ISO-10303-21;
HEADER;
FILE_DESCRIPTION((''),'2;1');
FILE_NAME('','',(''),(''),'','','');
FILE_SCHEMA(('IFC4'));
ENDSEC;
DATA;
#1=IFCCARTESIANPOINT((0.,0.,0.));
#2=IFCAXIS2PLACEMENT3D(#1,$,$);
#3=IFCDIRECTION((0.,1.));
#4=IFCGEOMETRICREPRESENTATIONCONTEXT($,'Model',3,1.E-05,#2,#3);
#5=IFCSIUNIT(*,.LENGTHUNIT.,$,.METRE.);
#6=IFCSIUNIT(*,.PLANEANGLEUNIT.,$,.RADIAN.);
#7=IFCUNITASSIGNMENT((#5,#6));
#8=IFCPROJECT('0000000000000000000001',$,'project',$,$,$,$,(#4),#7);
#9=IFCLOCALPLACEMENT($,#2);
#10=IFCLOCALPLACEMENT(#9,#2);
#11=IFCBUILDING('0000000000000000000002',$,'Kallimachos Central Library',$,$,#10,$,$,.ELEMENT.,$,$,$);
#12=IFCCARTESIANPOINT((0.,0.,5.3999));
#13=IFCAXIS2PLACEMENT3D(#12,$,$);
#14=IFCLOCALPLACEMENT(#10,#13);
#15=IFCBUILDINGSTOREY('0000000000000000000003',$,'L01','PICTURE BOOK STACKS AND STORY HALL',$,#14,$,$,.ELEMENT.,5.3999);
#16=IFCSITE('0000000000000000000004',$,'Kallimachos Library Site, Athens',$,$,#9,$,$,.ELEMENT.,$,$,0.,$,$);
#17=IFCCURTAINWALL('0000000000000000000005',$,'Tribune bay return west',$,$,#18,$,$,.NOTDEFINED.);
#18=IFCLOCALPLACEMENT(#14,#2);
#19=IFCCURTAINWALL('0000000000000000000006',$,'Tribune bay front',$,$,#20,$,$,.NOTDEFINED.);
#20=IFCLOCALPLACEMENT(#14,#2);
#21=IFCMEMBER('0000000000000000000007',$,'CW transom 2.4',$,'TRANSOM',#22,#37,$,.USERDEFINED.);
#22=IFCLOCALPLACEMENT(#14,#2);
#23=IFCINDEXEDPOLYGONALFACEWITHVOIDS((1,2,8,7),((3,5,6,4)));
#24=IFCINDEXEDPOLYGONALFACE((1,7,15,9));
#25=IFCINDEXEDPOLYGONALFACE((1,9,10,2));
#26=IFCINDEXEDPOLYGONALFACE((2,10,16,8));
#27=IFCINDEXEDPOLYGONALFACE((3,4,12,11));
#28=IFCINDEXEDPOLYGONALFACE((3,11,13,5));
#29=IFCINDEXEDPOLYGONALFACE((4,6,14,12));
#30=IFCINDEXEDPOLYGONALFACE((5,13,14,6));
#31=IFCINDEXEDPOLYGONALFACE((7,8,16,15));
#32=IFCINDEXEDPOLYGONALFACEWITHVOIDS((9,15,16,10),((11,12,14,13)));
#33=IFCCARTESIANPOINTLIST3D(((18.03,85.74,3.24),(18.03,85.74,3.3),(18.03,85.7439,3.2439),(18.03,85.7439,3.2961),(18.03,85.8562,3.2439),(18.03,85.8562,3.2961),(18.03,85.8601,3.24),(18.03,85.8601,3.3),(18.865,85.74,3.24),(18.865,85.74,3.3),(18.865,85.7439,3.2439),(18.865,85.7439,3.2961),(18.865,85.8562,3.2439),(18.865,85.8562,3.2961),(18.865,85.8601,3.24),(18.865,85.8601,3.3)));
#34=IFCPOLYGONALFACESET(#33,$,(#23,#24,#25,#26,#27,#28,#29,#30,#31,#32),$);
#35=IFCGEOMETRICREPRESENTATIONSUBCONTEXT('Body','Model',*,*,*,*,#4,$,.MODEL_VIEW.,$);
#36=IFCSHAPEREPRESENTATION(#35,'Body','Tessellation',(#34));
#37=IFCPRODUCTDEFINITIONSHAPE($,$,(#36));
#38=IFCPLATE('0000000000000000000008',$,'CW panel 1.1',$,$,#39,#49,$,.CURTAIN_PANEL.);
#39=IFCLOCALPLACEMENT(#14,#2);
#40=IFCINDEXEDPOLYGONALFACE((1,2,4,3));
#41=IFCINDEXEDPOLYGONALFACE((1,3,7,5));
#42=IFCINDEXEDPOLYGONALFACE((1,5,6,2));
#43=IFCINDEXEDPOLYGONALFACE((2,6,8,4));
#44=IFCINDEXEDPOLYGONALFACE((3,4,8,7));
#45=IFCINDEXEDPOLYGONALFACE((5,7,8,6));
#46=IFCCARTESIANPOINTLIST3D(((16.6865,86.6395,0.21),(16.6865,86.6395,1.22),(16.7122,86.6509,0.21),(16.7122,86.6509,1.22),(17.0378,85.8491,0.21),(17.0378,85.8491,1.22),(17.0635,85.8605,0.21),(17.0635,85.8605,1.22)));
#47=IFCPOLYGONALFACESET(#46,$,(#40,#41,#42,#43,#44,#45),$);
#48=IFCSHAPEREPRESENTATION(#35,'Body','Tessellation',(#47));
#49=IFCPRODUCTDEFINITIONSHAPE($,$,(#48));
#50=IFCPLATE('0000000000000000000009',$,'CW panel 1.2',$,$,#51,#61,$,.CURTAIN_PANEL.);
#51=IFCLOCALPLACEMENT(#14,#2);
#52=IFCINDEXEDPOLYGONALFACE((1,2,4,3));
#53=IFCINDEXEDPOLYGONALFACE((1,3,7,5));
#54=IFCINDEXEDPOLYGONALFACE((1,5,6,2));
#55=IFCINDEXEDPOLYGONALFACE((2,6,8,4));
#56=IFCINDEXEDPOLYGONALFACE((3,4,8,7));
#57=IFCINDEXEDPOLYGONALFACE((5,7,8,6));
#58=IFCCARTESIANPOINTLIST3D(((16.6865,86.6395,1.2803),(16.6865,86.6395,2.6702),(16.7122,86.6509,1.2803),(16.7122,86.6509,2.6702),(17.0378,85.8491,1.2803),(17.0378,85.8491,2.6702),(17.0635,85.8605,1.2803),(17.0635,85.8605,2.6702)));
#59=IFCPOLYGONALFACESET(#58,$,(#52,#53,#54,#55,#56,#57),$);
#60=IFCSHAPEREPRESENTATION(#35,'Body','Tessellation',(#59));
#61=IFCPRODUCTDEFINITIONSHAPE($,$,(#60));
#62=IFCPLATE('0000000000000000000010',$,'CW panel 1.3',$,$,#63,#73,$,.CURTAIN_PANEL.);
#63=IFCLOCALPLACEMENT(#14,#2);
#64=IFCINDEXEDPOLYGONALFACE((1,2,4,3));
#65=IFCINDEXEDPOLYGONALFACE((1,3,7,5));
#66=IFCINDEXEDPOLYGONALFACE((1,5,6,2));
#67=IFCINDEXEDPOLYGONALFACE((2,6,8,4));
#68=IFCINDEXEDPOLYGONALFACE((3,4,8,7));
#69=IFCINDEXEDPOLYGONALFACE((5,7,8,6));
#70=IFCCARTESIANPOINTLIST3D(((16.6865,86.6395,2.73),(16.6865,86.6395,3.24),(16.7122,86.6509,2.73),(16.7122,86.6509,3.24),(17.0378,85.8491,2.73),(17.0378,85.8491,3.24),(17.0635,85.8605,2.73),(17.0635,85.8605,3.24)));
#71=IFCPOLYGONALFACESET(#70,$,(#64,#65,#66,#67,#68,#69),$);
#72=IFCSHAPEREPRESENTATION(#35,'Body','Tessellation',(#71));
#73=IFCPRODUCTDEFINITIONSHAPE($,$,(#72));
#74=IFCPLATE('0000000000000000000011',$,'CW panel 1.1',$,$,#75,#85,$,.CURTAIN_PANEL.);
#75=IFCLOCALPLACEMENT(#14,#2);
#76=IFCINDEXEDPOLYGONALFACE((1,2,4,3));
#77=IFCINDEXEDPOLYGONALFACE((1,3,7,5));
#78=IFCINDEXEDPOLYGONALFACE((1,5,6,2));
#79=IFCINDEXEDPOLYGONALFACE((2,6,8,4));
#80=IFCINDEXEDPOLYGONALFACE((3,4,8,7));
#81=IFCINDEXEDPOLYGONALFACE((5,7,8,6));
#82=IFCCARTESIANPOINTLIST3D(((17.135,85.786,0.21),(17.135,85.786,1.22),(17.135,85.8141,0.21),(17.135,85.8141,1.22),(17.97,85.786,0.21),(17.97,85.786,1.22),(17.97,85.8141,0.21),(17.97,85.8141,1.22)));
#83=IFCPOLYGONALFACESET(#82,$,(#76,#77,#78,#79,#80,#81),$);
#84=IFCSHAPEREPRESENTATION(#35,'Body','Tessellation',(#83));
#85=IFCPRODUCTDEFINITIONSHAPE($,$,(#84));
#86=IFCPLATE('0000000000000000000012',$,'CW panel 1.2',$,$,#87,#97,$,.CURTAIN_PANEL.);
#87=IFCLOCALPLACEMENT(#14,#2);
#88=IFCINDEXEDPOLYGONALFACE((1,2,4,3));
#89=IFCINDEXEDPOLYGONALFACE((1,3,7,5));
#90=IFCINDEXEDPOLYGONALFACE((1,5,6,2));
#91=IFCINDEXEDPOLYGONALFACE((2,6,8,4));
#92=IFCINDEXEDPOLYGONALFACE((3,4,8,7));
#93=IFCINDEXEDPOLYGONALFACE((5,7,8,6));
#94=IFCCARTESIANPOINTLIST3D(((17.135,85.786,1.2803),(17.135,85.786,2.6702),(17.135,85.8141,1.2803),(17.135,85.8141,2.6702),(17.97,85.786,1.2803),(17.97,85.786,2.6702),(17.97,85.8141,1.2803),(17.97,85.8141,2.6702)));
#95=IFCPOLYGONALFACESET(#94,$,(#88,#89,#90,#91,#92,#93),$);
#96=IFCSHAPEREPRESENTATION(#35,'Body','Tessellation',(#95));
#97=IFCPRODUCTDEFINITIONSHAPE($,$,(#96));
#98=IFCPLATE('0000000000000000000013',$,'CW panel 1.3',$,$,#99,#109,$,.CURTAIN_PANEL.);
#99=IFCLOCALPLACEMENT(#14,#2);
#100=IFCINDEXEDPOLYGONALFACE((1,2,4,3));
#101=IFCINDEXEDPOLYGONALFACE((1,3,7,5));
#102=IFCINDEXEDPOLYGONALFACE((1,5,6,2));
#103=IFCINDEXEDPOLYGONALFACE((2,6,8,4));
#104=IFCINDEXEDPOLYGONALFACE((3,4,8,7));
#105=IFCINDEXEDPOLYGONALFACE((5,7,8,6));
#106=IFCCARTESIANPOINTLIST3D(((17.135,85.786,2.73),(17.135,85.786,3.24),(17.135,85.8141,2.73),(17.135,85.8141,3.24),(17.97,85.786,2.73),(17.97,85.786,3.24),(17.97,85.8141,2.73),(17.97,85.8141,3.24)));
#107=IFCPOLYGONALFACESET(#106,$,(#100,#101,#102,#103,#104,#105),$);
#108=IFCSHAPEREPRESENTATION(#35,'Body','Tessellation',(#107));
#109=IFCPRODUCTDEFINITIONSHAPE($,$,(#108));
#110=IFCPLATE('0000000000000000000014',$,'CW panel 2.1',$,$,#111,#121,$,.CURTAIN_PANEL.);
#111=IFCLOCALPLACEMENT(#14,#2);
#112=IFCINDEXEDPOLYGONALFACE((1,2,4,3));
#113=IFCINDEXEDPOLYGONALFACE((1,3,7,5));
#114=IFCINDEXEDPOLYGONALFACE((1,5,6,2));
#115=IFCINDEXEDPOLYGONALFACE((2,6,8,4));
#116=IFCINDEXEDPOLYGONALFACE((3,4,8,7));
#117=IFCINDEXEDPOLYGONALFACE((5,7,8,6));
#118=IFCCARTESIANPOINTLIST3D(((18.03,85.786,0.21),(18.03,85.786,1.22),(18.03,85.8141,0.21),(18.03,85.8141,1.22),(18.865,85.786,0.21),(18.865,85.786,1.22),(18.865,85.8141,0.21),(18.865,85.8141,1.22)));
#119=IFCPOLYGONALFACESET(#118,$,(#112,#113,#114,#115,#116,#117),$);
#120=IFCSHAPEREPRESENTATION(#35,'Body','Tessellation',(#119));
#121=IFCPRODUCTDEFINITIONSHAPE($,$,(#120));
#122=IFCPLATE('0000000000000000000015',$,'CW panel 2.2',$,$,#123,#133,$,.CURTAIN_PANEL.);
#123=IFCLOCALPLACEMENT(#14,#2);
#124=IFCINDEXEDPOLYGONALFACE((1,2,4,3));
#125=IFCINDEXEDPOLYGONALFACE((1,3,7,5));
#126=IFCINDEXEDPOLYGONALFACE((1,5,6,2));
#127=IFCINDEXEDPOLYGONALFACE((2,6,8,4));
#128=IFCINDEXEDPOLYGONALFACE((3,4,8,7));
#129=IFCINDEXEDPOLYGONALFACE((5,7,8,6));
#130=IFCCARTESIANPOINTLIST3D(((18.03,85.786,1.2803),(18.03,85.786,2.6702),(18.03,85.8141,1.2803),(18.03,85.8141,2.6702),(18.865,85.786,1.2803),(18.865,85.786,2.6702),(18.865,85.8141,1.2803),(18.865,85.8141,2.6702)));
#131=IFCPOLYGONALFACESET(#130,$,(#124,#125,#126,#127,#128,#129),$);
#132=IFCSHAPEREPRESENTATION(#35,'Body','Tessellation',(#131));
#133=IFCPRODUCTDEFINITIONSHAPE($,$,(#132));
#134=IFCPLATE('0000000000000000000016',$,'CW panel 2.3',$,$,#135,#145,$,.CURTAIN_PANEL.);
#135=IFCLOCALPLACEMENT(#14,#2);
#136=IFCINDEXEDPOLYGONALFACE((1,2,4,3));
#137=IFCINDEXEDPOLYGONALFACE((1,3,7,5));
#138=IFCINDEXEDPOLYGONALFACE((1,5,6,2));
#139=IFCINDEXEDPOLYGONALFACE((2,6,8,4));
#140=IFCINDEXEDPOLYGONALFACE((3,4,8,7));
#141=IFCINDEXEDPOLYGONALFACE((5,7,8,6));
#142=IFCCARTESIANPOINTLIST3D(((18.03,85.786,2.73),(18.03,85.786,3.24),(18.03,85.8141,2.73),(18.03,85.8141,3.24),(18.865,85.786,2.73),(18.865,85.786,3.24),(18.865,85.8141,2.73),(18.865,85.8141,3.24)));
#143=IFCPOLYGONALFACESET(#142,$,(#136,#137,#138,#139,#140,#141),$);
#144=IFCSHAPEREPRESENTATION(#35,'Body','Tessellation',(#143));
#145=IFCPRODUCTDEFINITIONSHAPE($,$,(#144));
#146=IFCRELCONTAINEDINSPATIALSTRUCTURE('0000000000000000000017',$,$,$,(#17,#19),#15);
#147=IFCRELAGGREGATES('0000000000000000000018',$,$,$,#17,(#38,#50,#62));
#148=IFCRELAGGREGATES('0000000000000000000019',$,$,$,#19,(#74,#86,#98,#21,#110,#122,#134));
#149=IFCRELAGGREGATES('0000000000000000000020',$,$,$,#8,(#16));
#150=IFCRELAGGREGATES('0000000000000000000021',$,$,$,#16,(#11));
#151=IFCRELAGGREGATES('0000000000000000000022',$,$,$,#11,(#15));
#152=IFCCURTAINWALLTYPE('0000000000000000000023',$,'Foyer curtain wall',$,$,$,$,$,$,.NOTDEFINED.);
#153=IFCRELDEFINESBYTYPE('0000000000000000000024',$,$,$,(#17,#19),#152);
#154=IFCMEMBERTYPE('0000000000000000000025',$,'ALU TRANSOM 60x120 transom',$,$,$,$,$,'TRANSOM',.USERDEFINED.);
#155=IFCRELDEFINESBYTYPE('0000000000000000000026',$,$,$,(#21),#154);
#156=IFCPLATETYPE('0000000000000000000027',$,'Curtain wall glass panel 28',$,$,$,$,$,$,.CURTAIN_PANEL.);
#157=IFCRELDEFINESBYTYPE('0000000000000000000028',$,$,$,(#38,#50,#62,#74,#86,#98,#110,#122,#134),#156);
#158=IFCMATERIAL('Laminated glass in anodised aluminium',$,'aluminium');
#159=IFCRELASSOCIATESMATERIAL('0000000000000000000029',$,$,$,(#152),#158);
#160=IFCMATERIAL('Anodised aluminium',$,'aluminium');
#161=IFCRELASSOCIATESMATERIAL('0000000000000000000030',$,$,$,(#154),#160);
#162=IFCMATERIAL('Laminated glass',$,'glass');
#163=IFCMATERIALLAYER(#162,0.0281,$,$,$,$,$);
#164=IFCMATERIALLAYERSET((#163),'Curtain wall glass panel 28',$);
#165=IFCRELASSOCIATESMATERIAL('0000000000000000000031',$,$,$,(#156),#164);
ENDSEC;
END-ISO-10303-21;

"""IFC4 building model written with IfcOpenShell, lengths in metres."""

from ifc_helpers import new_model, si_unit, direction, frame, origin, origin_2d, place, context, subcontext, project, spatial, rectangle, hollow_rectangle, extrude, material, layer, layer_set, material_profile, profile_set, type_object, element, aggregate, save


model = new_model("IFC4")

# Units and contexts
model_context = context("Model", 3, precision=1e-05, world=origin(), true_north=direction((0.0, 1.0)))
body_context = subcontext(model_context, "Body", "Model", "MODEL_VIEW")
ifc_project = project(units=[si_unit("LENGTHUNIT", "METRE"), si_unit("PLANEANGLEUNIT", "RADIAN")], contexts=[model_context])

# Site, building, storey
site_placement = place(None, origin())
site = spatial("IfcSite", under=ifc_project, at=site_placement, Name="Kallimachos Library Site, Athens", CompositionType="ELEMENT", RefElevation=0.0)
building_placement = place(site_placement, origin())
building = spatial("IfcBuilding", under=site, at=building_placement, Name="Kallimachos Central Library", CompositionType="ELEMENT")
storey_placement = place(building_placement, frame((0.0, 0.0, 5.3999)))
storey = spatial("IfcBuildingStorey", under=building, at=storey_placement, Name="L01", Description="PICTURE BOOK STACKS AND STORY HALL", CompositionType="ELEMENT", Elevation=5.3999)

# Curtain wall
ifc_material_1 = material(Name="Laminated glass in anodised aluminium", Category="aluminium")
curtain_wall_type = type_object("IfcCurtainWallType", Name="Foyer curtain wall", PredefinedType="NOTDEFINED", material=ifc_material_1)
curtain_wall_1_placement = place(storey_placement, origin())
curtain_wall_1 = element("IfcCurtainWall", 1, at=curtain_wall_1_placement, inside=storey, type_object=curtain_wall_type, Name="Tribune bay return west", PredefinedType="NOTDEFINED")

# Curtain wall, member
curtain_wall_2_placement = place(storey_placement, origin())
curtain_wall_2 = element("IfcCurtainWall", 2, at=curtain_wall_2_placement, inside=storey, type_object=curtain_wall_type, Name="Tribune bay front", PredefinedType="NOTDEFINED")
ifc_material_2 = material(Name="Anodised aluminium", Category="aluminium")
ifc_material_profile_1 = material_profile(ifc_material_2, hollow_rectangle(XDim=0.0601, YDim=0.1201, WallThickness=0.0039, at=origin_2d()), Name="ALU TRANSOM 60x120")
ifc_profile_set_1 = profile_set([ifc_material_profile_1], Name="Anodised aluminium")
member_type_1 = type_object("IfcMemberType", Name="ALU TRANSOM 60x120 transom", ElementType="TRANSOM", PredefinedType="USERDEFINED", material=ifc_profile_set_1)
member_1_placement = place(storey_placement, frame((18.03, 85.8, 3.27), z_axis=(1.0, 0.0, 0.0), x_axis=(0.0, 0.0, 1.0)))
member_1 = element("IfcMember", 3, at=member_1_placement, type_object=member_type_1, Name="CW transom 2.4", ObjectType="TRANSOM", PredefinedType="USERDEFINED", context=body_context, shape_type="SweptSolid", body=[
    extrude(hollow_rectangle(XDim=0.0601, YDim=0.1201, WallThickness=0.0039, at=origin_2d()), origin(), (0.0, 0.0, 1.0), 0.835),
])

# Plates
ifc_material_3 = material(Name="Laminated glass", Category="glass")
ifc_layer = layer(ifc_material_3, 0.0281)
ifc_layer_set = layer_set([ifc_layer], Name="Curtain wall glass panel 28")
plate_type = type_object("IfcPlateType", Name="Curtain wall glass panel 28", PredefinedType="CURTAIN_PANEL", material=ifc_layer_set)
plate_1_placement = place(storey_placement, frame((16.875, 86.25, 0.21), z_axis=(0.0, 0.0, 1.0), x_axis=(0.406138, -0.913812, 0.0)))
plate_1 = element("IfcPlate", 4, at=plate_1_placement, type_object=plate_type, Name="CW panel 1.1", PredefinedType="CURTAIN_PANEL", context=body_context, shape_type="SweptSolid", body=[
    extrude(rectangle(XDim=0.865, YDim=0.0281, at=origin_2d()), origin(), (0.0, 0.0, 1.0), 1.01),
])
plate_2_placement = place(storey_placement, frame((16.875, 86.25, 1.2803), z_axis=(0.0, 0.0, 1.0), x_axis=(0.406138, -0.913812, 0.0)))
plate_2 = element("IfcPlate", 5, at=plate_2_placement, type_object=plate_type, Name="CW panel 1.2", PredefinedType="CURTAIN_PANEL", context=body_context, shape_type="SweptSolid", body=[
    extrude(rectangle(XDim=0.865, YDim=0.0281, at=origin_2d()), origin(), (0.0, 0.0, 1.0), 1.3899),
])
plate_3_placement = place(storey_placement, frame((16.875, 86.25, 2.73), z_axis=(0.0, 0.0, 1.0), x_axis=(0.406138, -0.913812, 0.0)))
plate_3 = element("IfcPlate", 6, at=plate_3_placement, type_object=plate_type, Name="CW panel 1.3", PredefinedType="CURTAIN_PANEL", context=body_context, shape_type="SweptSolid", body=[
    extrude(rectangle(XDim=0.865, YDim=0.0281, at=origin_2d()), origin(), (0.0, 0.0, 1.0), 0.51),
])
aggregate(curtain_wall_1, [plate_1, plate_2, plate_3])
plate_4_placement = place(storey_placement, frame((17.5525, 85.8, 0.21), z_axis=(0.0, 0.0, 1.0), x_axis=(1.0, 0.0, 0.0)))
plate_4 = element("IfcPlate", 7, at=plate_4_placement, type_object=plate_type, Name="CW panel 1.1", PredefinedType="CURTAIN_PANEL", context=body_context, shape_type="SweptSolid", body=[
    extrude(rectangle(XDim=0.835, YDim=0.0281, at=origin_2d()), origin(), (0.0, 0.0, 1.0), 1.01),
])
plate_5_placement = place(storey_placement, frame((17.5525, 85.8, 1.2803), z_axis=(0.0, 0.0, 1.0), x_axis=(1.0, 0.0, 0.0)))
plate_5 = element("IfcPlate", 8, at=plate_5_placement, type_object=plate_type, Name="CW panel 1.2", PredefinedType="CURTAIN_PANEL", context=body_context, shape_type="SweptSolid", body=[
    extrude(rectangle(XDim=0.835, YDim=0.0281, at=origin_2d()), origin(), (0.0, 0.0, 1.0), 1.3899),
])
plate_6_placement = place(storey_placement, frame((17.5525, 85.8, 2.73), z_axis=(0.0, 0.0, 1.0), x_axis=(1.0, 0.0, 0.0)))
plate_6 = element("IfcPlate", 9, at=plate_6_placement, type_object=plate_type, Name="CW panel 1.3", PredefinedType="CURTAIN_PANEL", context=body_context, shape_type="SweptSolid", body=[
    extrude(rectangle(XDim=0.835, YDim=0.0281, at=origin_2d()), origin(), (0.0, 0.0, 1.0), 0.51),
])
plate_7_placement = place(storey_placement, frame((18.4475, 85.8, 0.21), z_axis=(0.0, 0.0, 1.0), x_axis=(1.0, 0.0, 0.0)))
plate_7 = element("IfcPlate", 10, at=plate_7_placement, type_object=plate_type, Name="CW panel 2.1", PredefinedType="CURTAIN_PANEL", context=body_context, shape_type="SweptSolid", body=[
    extrude(rectangle(XDim=0.835, YDim=0.0281, at=origin_2d()), origin(), (0.0, 0.0, 1.0), 1.01),
])
plate_8_placement = place(storey_placement, frame((18.4475, 85.8, 1.2803), z_axis=(0.0, 0.0, 1.0), x_axis=(1.0, 0.0, 0.0)))
plate_8 = element("IfcPlate", 11, at=plate_8_placement, type_object=plate_type, Name="CW panel 2.2", PredefinedType="CURTAIN_PANEL", context=body_context, shape_type="SweptSolid", body=[
    extrude(rectangle(XDim=0.835, YDim=0.0281, at=origin_2d()), origin(), (0.0, 0.0, 1.0), 1.3899),
])
plate_9_placement = place(storey_placement, frame((18.4475, 85.8, 2.73), z_axis=(0.0, 0.0, 1.0), x_axis=(1.0, 0.0, 0.0)))
plate_9 = element("IfcPlate", 12, at=plate_9_placement, type_object=plate_type, Name="CW panel 2.3", PredefinedType="CURTAIN_PANEL", context=body_context, shape_type="SweptSolid", body=[
    extrude(rectangle(XDim=0.835, YDim=0.0281, at=origin_2d()), origin(), (0.0, 0.0, 1.0), 0.51),
])
aggregate(curtain_wall_2, [plate_4, plate_5, plate_6, member_1, plate_7, plate_8, plate_9])

save(model, "model.ifc")
